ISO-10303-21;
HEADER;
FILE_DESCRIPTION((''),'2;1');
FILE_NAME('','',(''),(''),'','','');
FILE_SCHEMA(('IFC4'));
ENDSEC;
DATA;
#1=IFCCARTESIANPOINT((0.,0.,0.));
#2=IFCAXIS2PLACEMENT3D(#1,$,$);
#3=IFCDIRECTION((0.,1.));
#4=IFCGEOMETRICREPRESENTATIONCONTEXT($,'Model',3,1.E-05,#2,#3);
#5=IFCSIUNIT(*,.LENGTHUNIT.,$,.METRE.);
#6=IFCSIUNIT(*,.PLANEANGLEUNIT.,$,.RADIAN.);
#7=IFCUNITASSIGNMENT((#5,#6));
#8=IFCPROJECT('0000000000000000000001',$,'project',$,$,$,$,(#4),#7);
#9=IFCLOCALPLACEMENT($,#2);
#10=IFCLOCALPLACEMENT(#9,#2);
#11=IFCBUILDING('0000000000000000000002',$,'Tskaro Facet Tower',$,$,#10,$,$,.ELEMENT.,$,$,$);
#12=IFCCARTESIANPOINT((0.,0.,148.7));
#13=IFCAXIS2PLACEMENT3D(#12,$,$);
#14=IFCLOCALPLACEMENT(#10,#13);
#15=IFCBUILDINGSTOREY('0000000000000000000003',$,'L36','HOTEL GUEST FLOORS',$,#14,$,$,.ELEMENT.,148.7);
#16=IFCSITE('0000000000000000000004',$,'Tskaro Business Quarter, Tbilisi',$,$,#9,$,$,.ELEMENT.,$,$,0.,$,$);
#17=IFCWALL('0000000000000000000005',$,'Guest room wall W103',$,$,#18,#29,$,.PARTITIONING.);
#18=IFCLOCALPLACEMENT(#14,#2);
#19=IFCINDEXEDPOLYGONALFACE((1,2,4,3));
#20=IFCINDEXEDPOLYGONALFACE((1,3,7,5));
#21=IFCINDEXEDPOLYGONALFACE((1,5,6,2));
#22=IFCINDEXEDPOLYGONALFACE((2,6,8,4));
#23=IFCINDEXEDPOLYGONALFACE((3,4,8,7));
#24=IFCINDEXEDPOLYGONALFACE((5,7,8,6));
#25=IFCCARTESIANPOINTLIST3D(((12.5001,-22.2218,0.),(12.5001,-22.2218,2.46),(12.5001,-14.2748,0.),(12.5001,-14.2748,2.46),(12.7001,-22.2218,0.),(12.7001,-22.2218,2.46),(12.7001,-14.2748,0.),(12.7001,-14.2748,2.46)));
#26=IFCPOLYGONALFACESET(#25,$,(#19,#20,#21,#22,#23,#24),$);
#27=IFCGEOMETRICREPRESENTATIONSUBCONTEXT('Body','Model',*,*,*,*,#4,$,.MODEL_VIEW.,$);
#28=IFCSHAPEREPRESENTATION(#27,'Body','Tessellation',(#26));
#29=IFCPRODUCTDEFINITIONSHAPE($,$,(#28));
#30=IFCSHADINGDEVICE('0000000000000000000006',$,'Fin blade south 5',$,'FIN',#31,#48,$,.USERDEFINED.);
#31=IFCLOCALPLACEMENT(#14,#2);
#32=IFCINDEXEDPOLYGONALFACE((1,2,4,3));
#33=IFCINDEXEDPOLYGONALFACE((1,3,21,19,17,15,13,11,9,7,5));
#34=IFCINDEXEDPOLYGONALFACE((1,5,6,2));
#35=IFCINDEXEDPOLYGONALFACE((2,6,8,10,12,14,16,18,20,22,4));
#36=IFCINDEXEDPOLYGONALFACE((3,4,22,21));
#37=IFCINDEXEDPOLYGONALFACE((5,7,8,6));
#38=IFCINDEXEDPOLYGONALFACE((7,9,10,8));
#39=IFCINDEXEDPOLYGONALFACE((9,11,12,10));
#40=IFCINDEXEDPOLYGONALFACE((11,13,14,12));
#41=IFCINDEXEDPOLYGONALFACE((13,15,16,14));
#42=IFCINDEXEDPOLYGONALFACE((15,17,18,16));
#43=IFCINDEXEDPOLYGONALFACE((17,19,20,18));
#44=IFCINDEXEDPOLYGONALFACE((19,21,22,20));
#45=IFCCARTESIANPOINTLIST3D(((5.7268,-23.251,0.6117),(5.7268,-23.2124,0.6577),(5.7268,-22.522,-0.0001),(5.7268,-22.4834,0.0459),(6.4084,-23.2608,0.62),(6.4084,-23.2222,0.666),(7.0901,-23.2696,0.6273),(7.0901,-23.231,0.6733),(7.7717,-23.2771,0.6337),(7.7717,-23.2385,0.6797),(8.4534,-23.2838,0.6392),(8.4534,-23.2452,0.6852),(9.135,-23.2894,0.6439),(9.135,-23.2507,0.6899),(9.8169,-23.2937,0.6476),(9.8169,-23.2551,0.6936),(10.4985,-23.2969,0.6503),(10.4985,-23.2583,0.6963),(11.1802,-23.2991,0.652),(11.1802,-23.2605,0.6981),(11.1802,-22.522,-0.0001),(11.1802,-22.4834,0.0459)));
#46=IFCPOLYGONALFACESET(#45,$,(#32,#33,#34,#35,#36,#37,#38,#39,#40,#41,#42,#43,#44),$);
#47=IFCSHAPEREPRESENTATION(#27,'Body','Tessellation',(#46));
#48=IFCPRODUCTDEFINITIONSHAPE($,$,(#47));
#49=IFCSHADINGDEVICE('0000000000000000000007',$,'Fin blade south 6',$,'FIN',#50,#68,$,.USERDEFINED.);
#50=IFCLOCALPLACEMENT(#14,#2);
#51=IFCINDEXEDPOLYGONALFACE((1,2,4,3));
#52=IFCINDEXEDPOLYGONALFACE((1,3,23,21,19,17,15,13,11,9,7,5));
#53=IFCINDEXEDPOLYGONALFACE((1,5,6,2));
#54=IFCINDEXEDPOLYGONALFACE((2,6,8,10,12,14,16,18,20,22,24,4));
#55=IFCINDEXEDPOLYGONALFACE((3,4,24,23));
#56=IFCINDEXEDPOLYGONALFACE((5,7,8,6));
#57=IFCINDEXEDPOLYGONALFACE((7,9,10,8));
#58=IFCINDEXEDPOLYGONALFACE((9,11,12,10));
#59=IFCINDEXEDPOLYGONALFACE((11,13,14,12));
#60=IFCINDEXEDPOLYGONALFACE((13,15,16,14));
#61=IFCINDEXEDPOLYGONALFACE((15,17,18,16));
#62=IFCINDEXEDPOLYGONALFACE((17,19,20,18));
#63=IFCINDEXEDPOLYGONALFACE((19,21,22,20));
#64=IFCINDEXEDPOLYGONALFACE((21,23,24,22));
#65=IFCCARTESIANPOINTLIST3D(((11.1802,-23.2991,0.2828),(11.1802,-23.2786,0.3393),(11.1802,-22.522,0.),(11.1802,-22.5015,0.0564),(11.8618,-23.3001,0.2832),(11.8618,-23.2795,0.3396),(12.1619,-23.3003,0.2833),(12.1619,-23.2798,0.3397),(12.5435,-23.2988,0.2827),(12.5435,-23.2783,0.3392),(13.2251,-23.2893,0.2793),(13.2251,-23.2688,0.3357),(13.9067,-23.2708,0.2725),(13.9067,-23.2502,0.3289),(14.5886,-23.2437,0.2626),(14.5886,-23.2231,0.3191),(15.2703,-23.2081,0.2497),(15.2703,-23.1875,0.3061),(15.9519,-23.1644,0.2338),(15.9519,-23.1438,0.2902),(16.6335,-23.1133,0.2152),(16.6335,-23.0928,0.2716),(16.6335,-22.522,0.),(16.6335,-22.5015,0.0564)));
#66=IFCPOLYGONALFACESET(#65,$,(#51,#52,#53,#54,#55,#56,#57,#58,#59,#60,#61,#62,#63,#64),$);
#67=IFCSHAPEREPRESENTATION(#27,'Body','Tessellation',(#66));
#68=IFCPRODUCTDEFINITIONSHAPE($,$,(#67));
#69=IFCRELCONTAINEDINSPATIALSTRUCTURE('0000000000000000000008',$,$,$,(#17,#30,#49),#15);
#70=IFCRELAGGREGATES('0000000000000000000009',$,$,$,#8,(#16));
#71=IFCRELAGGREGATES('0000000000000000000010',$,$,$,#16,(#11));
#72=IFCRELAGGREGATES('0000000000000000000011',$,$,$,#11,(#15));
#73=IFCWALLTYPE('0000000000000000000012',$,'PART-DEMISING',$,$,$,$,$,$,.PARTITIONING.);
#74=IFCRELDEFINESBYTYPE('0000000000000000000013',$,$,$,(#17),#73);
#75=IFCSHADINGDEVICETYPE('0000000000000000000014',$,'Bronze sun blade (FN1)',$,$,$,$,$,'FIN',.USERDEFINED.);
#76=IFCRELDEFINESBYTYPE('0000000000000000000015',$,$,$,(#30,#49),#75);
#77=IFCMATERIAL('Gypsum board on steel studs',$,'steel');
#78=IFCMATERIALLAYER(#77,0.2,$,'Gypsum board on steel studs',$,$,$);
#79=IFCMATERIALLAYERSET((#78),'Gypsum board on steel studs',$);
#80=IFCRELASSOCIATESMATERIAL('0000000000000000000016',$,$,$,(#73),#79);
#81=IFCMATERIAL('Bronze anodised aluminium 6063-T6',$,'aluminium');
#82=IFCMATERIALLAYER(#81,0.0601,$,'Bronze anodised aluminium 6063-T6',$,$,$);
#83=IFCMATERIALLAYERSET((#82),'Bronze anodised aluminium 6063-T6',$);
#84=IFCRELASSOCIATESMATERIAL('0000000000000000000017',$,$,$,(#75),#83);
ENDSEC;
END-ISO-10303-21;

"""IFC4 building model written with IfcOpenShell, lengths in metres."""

from ifc_helpers import new_model, si_unit, direction, frame, frame_2d, origin, place, context, subcontext, project, spatial, polyline, rectangle, outline, extrude, material, layer, layer_set, type_object, element, save


model = new_model("IFC4")

# Units and contexts
model_context = context("Model", 3, precision=1e-05, world=origin(), true_north=direction((0.0, 1.0)))
body_context = subcontext(model_context, "Body", "Model", "MODEL_VIEW")
ifc_project = project(units=[si_unit("LENGTHUNIT", "METRE"), si_unit("PLANEANGLEUNIT", "RADIAN")], contexts=[model_context])

# Site, building, storey
site_placement = place(None, origin())
site = spatial("IfcSite", under=ifc_project, at=site_placement, Name="Tskaro Business Quarter, Tbilisi", CompositionType="ELEMENT", RefElevation=0.0)
building_placement = place(site_placement, origin())
building = spatial("IfcBuilding", under=site, at=building_placement, Name="Tskaro Facet Tower", CompositionType="ELEMENT")
storey_placement = place(building_placement, frame((0.0, 0.0, 148.7)))
storey = spatial("IfcBuildingStorey", under=building, at=storey_placement, Name="L36", Description="HOTEL GUEST FLOORS", CompositionType="ELEMENT", Elevation=148.7)

# Shared definitions
ifc_material_1 = material(Name="Bronze anodised aluminium 6063-T6", Category="aluminium")

# Shared definitions
ifc_material_2 = material(Name="Gypsum board on steel studs", Category="steel")

# Wall
ifc_layer_1 = layer(ifc_material_2, 0.2, Name="Gypsum board on steel studs")
ifc_layer_set_1 = layer_set([ifc_layer_1], Name="Gypsum board on steel studs")
wall_type_1 = type_object("IfcWallType", Name="PART-DEMISING", PredefinedType="PARTITIONING", material=ifc_layer_set_1)
for number, where, z_axis, x_axis, name in (
    (1, (12.6001, -22.2219, 0.0), (0.0, 0.0, 1.0), (0.0, 1.0, 0.0), "Guest room wall W103"),
):
    element("IfcWall", number, at=place(storey_placement, frame(where, z_axis=z_axis, x_axis=x_axis)), inside=storey, type_object=wall_type_1, Name=name, PredefinedType="PARTITIONING", context=body_context, shape_type="SweptSolid", body=[
        extrude(rectangle(XDim=7.947, YDim=0.2, at=frame_2d((3.9736, 0.0))), origin(), (0.0, 0.0, 1.0), 2.46),
    ])

# Shading devices
ifc_layer_2 = layer(ifc_material_1, 0.0601, Name="Bronze anodised aluminium 6063-T6")
ifc_layer_set_2 = layer_set([ifc_layer_2], Name="Bronze anodised aluminium 6063-T6")
shading_device_type = type_object("IfcShadingDeviceType", Name="Bronze sun blade (FN1)", ElementType="FIN", PredefinedType="USERDEFINED", material=ifc_layer_set_2)
shading_device_1_placement = place(storey_placement, frame((5.7268, -22.4834, 0.0459), z_axis=(0.000006, 0.642888, 0.76596), x_axis=(1.0, -0.000004, -0.000005)))
element("IfcShadingDevice", 2, at=shading_device_1_placement, inside=storey, type_object=shading_device_type, Name="Fin blade south 5", ObjectType="FIN", PredefinedType="USERDEFINED", context=body_context, shape_type="SweptSolid", body=[
    extrude(outline(polyline([(0.0, 0.0), (5.4534, 0.0), (5.4534, -1.0145), (4.7717, -1.0117), (4.0901, -1.0075), (3.4082, -1.0018), (2.7266, -0.9945), (2.0449, -0.9859), (1.3633, -0.976), (0.6816, -0.9645), (0.0, -0.9517), (0.0, 0.0)])), origin(), (0.0, 0.0, -1.0), 0.0601),
])
shading_device_2_placement = place(storey_placement, frame((11.1802, -22.5015, 0.0564), z_axis=(0.000001, 0.342044, 0.939684), x_axis=(1.0, 0.0, -0.000001)))
element("IfcShadingDevice", 3, at=shading_device_2_placement, inside=storey, type_object=shading_device_type, Name="Fin blade south 6", ObjectType="FIN", PredefinedType="USERDEFINED", context=body_context, shape_type="SweptSolid", body=[
    extrude(outline(polyline([(0.0, 0.0), (5.4534, 0.0), (5.4534, -0.6293), (4.7717, -0.6836), (4.0901, -0.7301), (3.4084, -0.768), (2.7266, -0.7968), (2.0449, -0.8166), (1.3633, -0.8267), (0.9817, -0.8282), (0.6816, -0.828), (0.0, -0.827), (0.0, 0.0)])), origin(), (0.0, 0.0, -1.0), 0.0601),
])

save(model, "model.ifc")
